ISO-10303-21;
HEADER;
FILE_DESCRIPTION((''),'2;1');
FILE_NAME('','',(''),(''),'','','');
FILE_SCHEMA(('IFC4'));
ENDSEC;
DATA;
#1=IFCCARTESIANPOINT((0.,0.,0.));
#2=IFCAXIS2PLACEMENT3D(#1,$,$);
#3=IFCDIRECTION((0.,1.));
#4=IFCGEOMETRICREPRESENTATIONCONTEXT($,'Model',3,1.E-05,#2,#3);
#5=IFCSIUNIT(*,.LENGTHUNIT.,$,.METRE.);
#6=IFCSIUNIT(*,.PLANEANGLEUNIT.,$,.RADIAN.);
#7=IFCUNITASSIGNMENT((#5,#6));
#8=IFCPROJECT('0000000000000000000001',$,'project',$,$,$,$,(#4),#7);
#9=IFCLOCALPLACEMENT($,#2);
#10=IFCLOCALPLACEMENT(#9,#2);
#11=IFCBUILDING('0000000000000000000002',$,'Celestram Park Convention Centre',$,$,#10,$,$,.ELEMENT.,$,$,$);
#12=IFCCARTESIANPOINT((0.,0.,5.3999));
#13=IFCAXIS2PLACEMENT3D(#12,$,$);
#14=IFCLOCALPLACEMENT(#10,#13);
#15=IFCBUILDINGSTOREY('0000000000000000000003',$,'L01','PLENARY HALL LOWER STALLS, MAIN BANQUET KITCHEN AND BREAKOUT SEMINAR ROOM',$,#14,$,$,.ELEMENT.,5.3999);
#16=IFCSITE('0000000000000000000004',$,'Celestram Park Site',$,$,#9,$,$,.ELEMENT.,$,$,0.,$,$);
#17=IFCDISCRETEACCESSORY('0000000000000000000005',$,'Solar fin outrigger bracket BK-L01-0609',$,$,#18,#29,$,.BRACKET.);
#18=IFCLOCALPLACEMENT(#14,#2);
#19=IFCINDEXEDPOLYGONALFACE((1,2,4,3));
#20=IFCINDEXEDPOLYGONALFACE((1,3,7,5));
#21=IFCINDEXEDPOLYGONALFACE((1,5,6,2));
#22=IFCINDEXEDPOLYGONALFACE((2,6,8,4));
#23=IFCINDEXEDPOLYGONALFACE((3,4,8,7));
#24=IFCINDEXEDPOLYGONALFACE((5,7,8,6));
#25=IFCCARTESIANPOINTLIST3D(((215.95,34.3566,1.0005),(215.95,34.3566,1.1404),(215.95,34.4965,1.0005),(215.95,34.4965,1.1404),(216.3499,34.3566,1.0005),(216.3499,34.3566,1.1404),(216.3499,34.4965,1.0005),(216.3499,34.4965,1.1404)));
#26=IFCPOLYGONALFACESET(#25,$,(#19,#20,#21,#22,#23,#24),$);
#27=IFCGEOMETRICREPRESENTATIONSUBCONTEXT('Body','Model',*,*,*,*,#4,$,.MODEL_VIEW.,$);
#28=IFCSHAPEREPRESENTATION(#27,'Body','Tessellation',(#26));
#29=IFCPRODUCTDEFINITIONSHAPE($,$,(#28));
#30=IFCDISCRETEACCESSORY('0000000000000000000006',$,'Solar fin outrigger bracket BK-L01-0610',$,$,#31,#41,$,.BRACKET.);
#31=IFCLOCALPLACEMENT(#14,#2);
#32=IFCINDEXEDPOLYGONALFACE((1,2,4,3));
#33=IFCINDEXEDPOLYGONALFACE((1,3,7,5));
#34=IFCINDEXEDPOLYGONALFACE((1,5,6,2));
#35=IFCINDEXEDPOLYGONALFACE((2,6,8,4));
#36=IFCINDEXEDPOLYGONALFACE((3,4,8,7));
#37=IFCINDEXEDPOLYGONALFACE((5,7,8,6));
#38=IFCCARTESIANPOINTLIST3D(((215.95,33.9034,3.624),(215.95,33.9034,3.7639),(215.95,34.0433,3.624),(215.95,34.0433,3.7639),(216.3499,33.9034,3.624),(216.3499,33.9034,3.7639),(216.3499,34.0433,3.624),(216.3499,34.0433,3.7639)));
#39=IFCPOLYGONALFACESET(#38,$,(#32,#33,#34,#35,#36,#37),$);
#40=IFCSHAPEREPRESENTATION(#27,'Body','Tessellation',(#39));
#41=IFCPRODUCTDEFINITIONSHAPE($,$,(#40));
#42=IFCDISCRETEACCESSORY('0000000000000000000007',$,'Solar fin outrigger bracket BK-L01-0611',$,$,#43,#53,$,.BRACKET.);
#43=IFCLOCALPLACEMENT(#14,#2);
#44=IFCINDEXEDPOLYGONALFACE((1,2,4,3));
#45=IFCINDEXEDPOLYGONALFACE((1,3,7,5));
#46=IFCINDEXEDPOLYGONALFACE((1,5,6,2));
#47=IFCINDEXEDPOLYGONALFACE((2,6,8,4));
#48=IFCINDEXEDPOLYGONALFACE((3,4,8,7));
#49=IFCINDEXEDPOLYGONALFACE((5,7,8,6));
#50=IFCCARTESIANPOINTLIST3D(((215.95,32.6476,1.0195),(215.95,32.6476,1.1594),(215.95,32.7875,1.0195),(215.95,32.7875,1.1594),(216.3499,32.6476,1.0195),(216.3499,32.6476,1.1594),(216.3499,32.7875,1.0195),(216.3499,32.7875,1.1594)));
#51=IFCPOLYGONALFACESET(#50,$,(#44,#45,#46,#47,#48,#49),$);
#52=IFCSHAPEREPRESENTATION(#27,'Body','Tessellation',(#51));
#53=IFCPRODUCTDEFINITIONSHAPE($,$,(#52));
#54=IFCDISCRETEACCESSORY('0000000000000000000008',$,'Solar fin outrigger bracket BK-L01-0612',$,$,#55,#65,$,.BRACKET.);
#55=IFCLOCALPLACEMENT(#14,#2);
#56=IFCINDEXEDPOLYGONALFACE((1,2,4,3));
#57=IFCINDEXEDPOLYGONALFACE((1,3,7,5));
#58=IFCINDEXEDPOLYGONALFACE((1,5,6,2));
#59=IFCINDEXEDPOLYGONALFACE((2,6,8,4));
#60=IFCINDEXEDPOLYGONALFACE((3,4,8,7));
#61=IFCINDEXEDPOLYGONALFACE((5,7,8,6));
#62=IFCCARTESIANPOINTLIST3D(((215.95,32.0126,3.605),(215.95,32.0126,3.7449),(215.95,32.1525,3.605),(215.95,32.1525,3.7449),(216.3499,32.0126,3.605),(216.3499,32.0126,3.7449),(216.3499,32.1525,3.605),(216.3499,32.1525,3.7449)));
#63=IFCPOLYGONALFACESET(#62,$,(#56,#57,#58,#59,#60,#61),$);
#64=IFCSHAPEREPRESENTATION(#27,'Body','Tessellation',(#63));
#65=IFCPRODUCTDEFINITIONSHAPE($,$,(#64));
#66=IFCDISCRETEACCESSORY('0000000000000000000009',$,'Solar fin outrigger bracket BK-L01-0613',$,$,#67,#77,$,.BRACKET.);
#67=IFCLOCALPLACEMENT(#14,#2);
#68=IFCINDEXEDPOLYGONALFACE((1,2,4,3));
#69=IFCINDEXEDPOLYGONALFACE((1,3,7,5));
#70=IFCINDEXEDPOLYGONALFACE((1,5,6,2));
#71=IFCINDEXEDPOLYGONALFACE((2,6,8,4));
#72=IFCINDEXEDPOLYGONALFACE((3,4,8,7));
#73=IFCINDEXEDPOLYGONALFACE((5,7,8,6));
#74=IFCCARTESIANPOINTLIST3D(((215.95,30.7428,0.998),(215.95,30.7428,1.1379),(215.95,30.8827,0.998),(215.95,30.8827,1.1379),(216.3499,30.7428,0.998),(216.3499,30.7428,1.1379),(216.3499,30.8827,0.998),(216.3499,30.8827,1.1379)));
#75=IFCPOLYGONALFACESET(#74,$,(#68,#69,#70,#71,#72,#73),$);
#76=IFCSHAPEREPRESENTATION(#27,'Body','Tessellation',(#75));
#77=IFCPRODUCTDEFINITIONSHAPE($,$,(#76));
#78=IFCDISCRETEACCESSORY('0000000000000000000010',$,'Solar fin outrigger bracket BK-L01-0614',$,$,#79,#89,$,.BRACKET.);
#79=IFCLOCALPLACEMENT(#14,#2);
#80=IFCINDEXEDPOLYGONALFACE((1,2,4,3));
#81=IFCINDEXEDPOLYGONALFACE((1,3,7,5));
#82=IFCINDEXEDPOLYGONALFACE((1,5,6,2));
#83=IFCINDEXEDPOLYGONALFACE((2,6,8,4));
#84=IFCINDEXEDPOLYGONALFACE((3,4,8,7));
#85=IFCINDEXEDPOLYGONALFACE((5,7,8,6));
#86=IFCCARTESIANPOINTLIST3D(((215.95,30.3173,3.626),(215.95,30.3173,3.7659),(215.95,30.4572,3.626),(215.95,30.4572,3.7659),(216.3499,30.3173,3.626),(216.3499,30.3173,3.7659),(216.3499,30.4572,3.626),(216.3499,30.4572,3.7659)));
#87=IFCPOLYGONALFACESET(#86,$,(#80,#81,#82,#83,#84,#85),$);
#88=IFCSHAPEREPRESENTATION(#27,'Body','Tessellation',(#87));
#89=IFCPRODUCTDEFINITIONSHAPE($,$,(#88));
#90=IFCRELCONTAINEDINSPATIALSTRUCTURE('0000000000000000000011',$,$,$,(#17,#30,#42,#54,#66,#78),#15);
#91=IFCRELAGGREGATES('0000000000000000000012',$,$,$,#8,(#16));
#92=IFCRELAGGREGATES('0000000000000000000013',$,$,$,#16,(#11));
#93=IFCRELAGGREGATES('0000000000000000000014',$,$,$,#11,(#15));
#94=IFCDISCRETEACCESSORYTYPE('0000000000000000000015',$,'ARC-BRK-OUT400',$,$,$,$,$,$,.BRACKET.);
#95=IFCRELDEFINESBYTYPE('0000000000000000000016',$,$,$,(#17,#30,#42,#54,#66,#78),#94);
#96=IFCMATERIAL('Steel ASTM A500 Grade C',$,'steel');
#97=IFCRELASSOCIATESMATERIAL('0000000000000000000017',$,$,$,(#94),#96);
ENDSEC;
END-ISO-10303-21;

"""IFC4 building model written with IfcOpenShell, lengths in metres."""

from ifc_helpers import new_model, si_unit, direction, frame, origin, origin_2d, place, context, subcontext, project, spatial, rectangle, extrude, material, type_object, element, save


model = new_model("IFC4")

# Units and contexts
model_context = context("Model", 3, precision=1e-05, world=origin(), true_north=direction((0.0, 1.0)))
body_context = subcontext(model_context, "Body", "Model", "MODEL_VIEW")
ifc_project = project(units=[si_unit("LENGTHUNIT", "METRE"), si_unit("PLANEANGLEUNIT", "RADIAN")], contexts=[model_context])

# Site, building, storey
site_placement = place(None, origin())
site = spatial("IfcSite", under=ifc_project, at=site_placement, Name="Celestram Park Site", CompositionType="ELEMENT", RefElevation=0.0)
building_placement = place(site_placement, origin())
building = spatial("IfcBuilding", under=site, at=building_placement, Name="Celestram Park Convention Centre", CompositionType="ELEMENT")
storey_placement = place(building_placement, frame((0.0, 0.0, 5.3999)))
storey = spatial("IfcBuildingStorey", under=building, at=storey_placement, Name="L01", Description="PLENARY HALL LOWER STALLS, MAIN BANQUET KITCHEN AND BREAKOUT SEMINAR ROOM", CompositionType="ELEMENT", Elevation=5.3999)

# Shared definitions
ifc_material_1 = material(Name="Steel ASTM A500 Grade C", Category="steel")

# Discrete accessories
discrete_accessory_type = type_object("IfcDiscreteAccessoryType", Name="ARC-BRK-OUT400", PredefinedType="BRACKET", material=ifc_material_1)
for number, where, z_axis, x_axis, name in (
    (1, (216.1499, 34.4265, 1.0005), (0.0, 0.0, 1.0), (1.0, 0.0, 0.0), "Solar fin outrigger bracket BK-L01-0609"),
    (2, (216.1499, 33.9734, 3.624), (0.0, 0.0, 1.0), (1.0, 0.0, 0.0), "Solar fin outrigger bracket BK-L01-0610"),
    (3, (216.1499, 32.7175, 1.0195), (0.0, 0.0, 1.0), (1.0, 0.0, 0.0), "Solar fin outrigger bracket BK-L01-0611"),
    (4, (216.1499, 32.0825, 3.605), (0.0, 0.0, 1.0), (1.0, 0.0, 0.0), "Solar fin outrigger bracket BK-L01-0612"),
    (5, (216.1499, 30.8127, 0.998), (0.0, 0.0, 1.0), (1.0, 0.0, 0.0), "Solar fin outrigger bracket BK-L01-0613"),
    (6, (216.1499, 30.3872, 3.626), (0.0, 0.0, 1.0), (1.0, 0.0, 0.0), "Solar fin outrigger bracket BK-L01-0614"),
):
    element("IfcDiscreteAccessory", number, at=place(storey_placement, frame(where, z_axis=z_axis, x_axis=x_axis)), inside=storey, type_object=discrete_accessory_type, Name=name, PredefinedType="BRACKET", context=body_context, shape_type="SweptSolid", body=[
        extrude(rectangle(XDim=0.3999, YDim=0.1399, at=origin_2d()), origin(), (0.0, 0.0, 1.0), 0.1399),
    ])

save(model, "model.ifc")
